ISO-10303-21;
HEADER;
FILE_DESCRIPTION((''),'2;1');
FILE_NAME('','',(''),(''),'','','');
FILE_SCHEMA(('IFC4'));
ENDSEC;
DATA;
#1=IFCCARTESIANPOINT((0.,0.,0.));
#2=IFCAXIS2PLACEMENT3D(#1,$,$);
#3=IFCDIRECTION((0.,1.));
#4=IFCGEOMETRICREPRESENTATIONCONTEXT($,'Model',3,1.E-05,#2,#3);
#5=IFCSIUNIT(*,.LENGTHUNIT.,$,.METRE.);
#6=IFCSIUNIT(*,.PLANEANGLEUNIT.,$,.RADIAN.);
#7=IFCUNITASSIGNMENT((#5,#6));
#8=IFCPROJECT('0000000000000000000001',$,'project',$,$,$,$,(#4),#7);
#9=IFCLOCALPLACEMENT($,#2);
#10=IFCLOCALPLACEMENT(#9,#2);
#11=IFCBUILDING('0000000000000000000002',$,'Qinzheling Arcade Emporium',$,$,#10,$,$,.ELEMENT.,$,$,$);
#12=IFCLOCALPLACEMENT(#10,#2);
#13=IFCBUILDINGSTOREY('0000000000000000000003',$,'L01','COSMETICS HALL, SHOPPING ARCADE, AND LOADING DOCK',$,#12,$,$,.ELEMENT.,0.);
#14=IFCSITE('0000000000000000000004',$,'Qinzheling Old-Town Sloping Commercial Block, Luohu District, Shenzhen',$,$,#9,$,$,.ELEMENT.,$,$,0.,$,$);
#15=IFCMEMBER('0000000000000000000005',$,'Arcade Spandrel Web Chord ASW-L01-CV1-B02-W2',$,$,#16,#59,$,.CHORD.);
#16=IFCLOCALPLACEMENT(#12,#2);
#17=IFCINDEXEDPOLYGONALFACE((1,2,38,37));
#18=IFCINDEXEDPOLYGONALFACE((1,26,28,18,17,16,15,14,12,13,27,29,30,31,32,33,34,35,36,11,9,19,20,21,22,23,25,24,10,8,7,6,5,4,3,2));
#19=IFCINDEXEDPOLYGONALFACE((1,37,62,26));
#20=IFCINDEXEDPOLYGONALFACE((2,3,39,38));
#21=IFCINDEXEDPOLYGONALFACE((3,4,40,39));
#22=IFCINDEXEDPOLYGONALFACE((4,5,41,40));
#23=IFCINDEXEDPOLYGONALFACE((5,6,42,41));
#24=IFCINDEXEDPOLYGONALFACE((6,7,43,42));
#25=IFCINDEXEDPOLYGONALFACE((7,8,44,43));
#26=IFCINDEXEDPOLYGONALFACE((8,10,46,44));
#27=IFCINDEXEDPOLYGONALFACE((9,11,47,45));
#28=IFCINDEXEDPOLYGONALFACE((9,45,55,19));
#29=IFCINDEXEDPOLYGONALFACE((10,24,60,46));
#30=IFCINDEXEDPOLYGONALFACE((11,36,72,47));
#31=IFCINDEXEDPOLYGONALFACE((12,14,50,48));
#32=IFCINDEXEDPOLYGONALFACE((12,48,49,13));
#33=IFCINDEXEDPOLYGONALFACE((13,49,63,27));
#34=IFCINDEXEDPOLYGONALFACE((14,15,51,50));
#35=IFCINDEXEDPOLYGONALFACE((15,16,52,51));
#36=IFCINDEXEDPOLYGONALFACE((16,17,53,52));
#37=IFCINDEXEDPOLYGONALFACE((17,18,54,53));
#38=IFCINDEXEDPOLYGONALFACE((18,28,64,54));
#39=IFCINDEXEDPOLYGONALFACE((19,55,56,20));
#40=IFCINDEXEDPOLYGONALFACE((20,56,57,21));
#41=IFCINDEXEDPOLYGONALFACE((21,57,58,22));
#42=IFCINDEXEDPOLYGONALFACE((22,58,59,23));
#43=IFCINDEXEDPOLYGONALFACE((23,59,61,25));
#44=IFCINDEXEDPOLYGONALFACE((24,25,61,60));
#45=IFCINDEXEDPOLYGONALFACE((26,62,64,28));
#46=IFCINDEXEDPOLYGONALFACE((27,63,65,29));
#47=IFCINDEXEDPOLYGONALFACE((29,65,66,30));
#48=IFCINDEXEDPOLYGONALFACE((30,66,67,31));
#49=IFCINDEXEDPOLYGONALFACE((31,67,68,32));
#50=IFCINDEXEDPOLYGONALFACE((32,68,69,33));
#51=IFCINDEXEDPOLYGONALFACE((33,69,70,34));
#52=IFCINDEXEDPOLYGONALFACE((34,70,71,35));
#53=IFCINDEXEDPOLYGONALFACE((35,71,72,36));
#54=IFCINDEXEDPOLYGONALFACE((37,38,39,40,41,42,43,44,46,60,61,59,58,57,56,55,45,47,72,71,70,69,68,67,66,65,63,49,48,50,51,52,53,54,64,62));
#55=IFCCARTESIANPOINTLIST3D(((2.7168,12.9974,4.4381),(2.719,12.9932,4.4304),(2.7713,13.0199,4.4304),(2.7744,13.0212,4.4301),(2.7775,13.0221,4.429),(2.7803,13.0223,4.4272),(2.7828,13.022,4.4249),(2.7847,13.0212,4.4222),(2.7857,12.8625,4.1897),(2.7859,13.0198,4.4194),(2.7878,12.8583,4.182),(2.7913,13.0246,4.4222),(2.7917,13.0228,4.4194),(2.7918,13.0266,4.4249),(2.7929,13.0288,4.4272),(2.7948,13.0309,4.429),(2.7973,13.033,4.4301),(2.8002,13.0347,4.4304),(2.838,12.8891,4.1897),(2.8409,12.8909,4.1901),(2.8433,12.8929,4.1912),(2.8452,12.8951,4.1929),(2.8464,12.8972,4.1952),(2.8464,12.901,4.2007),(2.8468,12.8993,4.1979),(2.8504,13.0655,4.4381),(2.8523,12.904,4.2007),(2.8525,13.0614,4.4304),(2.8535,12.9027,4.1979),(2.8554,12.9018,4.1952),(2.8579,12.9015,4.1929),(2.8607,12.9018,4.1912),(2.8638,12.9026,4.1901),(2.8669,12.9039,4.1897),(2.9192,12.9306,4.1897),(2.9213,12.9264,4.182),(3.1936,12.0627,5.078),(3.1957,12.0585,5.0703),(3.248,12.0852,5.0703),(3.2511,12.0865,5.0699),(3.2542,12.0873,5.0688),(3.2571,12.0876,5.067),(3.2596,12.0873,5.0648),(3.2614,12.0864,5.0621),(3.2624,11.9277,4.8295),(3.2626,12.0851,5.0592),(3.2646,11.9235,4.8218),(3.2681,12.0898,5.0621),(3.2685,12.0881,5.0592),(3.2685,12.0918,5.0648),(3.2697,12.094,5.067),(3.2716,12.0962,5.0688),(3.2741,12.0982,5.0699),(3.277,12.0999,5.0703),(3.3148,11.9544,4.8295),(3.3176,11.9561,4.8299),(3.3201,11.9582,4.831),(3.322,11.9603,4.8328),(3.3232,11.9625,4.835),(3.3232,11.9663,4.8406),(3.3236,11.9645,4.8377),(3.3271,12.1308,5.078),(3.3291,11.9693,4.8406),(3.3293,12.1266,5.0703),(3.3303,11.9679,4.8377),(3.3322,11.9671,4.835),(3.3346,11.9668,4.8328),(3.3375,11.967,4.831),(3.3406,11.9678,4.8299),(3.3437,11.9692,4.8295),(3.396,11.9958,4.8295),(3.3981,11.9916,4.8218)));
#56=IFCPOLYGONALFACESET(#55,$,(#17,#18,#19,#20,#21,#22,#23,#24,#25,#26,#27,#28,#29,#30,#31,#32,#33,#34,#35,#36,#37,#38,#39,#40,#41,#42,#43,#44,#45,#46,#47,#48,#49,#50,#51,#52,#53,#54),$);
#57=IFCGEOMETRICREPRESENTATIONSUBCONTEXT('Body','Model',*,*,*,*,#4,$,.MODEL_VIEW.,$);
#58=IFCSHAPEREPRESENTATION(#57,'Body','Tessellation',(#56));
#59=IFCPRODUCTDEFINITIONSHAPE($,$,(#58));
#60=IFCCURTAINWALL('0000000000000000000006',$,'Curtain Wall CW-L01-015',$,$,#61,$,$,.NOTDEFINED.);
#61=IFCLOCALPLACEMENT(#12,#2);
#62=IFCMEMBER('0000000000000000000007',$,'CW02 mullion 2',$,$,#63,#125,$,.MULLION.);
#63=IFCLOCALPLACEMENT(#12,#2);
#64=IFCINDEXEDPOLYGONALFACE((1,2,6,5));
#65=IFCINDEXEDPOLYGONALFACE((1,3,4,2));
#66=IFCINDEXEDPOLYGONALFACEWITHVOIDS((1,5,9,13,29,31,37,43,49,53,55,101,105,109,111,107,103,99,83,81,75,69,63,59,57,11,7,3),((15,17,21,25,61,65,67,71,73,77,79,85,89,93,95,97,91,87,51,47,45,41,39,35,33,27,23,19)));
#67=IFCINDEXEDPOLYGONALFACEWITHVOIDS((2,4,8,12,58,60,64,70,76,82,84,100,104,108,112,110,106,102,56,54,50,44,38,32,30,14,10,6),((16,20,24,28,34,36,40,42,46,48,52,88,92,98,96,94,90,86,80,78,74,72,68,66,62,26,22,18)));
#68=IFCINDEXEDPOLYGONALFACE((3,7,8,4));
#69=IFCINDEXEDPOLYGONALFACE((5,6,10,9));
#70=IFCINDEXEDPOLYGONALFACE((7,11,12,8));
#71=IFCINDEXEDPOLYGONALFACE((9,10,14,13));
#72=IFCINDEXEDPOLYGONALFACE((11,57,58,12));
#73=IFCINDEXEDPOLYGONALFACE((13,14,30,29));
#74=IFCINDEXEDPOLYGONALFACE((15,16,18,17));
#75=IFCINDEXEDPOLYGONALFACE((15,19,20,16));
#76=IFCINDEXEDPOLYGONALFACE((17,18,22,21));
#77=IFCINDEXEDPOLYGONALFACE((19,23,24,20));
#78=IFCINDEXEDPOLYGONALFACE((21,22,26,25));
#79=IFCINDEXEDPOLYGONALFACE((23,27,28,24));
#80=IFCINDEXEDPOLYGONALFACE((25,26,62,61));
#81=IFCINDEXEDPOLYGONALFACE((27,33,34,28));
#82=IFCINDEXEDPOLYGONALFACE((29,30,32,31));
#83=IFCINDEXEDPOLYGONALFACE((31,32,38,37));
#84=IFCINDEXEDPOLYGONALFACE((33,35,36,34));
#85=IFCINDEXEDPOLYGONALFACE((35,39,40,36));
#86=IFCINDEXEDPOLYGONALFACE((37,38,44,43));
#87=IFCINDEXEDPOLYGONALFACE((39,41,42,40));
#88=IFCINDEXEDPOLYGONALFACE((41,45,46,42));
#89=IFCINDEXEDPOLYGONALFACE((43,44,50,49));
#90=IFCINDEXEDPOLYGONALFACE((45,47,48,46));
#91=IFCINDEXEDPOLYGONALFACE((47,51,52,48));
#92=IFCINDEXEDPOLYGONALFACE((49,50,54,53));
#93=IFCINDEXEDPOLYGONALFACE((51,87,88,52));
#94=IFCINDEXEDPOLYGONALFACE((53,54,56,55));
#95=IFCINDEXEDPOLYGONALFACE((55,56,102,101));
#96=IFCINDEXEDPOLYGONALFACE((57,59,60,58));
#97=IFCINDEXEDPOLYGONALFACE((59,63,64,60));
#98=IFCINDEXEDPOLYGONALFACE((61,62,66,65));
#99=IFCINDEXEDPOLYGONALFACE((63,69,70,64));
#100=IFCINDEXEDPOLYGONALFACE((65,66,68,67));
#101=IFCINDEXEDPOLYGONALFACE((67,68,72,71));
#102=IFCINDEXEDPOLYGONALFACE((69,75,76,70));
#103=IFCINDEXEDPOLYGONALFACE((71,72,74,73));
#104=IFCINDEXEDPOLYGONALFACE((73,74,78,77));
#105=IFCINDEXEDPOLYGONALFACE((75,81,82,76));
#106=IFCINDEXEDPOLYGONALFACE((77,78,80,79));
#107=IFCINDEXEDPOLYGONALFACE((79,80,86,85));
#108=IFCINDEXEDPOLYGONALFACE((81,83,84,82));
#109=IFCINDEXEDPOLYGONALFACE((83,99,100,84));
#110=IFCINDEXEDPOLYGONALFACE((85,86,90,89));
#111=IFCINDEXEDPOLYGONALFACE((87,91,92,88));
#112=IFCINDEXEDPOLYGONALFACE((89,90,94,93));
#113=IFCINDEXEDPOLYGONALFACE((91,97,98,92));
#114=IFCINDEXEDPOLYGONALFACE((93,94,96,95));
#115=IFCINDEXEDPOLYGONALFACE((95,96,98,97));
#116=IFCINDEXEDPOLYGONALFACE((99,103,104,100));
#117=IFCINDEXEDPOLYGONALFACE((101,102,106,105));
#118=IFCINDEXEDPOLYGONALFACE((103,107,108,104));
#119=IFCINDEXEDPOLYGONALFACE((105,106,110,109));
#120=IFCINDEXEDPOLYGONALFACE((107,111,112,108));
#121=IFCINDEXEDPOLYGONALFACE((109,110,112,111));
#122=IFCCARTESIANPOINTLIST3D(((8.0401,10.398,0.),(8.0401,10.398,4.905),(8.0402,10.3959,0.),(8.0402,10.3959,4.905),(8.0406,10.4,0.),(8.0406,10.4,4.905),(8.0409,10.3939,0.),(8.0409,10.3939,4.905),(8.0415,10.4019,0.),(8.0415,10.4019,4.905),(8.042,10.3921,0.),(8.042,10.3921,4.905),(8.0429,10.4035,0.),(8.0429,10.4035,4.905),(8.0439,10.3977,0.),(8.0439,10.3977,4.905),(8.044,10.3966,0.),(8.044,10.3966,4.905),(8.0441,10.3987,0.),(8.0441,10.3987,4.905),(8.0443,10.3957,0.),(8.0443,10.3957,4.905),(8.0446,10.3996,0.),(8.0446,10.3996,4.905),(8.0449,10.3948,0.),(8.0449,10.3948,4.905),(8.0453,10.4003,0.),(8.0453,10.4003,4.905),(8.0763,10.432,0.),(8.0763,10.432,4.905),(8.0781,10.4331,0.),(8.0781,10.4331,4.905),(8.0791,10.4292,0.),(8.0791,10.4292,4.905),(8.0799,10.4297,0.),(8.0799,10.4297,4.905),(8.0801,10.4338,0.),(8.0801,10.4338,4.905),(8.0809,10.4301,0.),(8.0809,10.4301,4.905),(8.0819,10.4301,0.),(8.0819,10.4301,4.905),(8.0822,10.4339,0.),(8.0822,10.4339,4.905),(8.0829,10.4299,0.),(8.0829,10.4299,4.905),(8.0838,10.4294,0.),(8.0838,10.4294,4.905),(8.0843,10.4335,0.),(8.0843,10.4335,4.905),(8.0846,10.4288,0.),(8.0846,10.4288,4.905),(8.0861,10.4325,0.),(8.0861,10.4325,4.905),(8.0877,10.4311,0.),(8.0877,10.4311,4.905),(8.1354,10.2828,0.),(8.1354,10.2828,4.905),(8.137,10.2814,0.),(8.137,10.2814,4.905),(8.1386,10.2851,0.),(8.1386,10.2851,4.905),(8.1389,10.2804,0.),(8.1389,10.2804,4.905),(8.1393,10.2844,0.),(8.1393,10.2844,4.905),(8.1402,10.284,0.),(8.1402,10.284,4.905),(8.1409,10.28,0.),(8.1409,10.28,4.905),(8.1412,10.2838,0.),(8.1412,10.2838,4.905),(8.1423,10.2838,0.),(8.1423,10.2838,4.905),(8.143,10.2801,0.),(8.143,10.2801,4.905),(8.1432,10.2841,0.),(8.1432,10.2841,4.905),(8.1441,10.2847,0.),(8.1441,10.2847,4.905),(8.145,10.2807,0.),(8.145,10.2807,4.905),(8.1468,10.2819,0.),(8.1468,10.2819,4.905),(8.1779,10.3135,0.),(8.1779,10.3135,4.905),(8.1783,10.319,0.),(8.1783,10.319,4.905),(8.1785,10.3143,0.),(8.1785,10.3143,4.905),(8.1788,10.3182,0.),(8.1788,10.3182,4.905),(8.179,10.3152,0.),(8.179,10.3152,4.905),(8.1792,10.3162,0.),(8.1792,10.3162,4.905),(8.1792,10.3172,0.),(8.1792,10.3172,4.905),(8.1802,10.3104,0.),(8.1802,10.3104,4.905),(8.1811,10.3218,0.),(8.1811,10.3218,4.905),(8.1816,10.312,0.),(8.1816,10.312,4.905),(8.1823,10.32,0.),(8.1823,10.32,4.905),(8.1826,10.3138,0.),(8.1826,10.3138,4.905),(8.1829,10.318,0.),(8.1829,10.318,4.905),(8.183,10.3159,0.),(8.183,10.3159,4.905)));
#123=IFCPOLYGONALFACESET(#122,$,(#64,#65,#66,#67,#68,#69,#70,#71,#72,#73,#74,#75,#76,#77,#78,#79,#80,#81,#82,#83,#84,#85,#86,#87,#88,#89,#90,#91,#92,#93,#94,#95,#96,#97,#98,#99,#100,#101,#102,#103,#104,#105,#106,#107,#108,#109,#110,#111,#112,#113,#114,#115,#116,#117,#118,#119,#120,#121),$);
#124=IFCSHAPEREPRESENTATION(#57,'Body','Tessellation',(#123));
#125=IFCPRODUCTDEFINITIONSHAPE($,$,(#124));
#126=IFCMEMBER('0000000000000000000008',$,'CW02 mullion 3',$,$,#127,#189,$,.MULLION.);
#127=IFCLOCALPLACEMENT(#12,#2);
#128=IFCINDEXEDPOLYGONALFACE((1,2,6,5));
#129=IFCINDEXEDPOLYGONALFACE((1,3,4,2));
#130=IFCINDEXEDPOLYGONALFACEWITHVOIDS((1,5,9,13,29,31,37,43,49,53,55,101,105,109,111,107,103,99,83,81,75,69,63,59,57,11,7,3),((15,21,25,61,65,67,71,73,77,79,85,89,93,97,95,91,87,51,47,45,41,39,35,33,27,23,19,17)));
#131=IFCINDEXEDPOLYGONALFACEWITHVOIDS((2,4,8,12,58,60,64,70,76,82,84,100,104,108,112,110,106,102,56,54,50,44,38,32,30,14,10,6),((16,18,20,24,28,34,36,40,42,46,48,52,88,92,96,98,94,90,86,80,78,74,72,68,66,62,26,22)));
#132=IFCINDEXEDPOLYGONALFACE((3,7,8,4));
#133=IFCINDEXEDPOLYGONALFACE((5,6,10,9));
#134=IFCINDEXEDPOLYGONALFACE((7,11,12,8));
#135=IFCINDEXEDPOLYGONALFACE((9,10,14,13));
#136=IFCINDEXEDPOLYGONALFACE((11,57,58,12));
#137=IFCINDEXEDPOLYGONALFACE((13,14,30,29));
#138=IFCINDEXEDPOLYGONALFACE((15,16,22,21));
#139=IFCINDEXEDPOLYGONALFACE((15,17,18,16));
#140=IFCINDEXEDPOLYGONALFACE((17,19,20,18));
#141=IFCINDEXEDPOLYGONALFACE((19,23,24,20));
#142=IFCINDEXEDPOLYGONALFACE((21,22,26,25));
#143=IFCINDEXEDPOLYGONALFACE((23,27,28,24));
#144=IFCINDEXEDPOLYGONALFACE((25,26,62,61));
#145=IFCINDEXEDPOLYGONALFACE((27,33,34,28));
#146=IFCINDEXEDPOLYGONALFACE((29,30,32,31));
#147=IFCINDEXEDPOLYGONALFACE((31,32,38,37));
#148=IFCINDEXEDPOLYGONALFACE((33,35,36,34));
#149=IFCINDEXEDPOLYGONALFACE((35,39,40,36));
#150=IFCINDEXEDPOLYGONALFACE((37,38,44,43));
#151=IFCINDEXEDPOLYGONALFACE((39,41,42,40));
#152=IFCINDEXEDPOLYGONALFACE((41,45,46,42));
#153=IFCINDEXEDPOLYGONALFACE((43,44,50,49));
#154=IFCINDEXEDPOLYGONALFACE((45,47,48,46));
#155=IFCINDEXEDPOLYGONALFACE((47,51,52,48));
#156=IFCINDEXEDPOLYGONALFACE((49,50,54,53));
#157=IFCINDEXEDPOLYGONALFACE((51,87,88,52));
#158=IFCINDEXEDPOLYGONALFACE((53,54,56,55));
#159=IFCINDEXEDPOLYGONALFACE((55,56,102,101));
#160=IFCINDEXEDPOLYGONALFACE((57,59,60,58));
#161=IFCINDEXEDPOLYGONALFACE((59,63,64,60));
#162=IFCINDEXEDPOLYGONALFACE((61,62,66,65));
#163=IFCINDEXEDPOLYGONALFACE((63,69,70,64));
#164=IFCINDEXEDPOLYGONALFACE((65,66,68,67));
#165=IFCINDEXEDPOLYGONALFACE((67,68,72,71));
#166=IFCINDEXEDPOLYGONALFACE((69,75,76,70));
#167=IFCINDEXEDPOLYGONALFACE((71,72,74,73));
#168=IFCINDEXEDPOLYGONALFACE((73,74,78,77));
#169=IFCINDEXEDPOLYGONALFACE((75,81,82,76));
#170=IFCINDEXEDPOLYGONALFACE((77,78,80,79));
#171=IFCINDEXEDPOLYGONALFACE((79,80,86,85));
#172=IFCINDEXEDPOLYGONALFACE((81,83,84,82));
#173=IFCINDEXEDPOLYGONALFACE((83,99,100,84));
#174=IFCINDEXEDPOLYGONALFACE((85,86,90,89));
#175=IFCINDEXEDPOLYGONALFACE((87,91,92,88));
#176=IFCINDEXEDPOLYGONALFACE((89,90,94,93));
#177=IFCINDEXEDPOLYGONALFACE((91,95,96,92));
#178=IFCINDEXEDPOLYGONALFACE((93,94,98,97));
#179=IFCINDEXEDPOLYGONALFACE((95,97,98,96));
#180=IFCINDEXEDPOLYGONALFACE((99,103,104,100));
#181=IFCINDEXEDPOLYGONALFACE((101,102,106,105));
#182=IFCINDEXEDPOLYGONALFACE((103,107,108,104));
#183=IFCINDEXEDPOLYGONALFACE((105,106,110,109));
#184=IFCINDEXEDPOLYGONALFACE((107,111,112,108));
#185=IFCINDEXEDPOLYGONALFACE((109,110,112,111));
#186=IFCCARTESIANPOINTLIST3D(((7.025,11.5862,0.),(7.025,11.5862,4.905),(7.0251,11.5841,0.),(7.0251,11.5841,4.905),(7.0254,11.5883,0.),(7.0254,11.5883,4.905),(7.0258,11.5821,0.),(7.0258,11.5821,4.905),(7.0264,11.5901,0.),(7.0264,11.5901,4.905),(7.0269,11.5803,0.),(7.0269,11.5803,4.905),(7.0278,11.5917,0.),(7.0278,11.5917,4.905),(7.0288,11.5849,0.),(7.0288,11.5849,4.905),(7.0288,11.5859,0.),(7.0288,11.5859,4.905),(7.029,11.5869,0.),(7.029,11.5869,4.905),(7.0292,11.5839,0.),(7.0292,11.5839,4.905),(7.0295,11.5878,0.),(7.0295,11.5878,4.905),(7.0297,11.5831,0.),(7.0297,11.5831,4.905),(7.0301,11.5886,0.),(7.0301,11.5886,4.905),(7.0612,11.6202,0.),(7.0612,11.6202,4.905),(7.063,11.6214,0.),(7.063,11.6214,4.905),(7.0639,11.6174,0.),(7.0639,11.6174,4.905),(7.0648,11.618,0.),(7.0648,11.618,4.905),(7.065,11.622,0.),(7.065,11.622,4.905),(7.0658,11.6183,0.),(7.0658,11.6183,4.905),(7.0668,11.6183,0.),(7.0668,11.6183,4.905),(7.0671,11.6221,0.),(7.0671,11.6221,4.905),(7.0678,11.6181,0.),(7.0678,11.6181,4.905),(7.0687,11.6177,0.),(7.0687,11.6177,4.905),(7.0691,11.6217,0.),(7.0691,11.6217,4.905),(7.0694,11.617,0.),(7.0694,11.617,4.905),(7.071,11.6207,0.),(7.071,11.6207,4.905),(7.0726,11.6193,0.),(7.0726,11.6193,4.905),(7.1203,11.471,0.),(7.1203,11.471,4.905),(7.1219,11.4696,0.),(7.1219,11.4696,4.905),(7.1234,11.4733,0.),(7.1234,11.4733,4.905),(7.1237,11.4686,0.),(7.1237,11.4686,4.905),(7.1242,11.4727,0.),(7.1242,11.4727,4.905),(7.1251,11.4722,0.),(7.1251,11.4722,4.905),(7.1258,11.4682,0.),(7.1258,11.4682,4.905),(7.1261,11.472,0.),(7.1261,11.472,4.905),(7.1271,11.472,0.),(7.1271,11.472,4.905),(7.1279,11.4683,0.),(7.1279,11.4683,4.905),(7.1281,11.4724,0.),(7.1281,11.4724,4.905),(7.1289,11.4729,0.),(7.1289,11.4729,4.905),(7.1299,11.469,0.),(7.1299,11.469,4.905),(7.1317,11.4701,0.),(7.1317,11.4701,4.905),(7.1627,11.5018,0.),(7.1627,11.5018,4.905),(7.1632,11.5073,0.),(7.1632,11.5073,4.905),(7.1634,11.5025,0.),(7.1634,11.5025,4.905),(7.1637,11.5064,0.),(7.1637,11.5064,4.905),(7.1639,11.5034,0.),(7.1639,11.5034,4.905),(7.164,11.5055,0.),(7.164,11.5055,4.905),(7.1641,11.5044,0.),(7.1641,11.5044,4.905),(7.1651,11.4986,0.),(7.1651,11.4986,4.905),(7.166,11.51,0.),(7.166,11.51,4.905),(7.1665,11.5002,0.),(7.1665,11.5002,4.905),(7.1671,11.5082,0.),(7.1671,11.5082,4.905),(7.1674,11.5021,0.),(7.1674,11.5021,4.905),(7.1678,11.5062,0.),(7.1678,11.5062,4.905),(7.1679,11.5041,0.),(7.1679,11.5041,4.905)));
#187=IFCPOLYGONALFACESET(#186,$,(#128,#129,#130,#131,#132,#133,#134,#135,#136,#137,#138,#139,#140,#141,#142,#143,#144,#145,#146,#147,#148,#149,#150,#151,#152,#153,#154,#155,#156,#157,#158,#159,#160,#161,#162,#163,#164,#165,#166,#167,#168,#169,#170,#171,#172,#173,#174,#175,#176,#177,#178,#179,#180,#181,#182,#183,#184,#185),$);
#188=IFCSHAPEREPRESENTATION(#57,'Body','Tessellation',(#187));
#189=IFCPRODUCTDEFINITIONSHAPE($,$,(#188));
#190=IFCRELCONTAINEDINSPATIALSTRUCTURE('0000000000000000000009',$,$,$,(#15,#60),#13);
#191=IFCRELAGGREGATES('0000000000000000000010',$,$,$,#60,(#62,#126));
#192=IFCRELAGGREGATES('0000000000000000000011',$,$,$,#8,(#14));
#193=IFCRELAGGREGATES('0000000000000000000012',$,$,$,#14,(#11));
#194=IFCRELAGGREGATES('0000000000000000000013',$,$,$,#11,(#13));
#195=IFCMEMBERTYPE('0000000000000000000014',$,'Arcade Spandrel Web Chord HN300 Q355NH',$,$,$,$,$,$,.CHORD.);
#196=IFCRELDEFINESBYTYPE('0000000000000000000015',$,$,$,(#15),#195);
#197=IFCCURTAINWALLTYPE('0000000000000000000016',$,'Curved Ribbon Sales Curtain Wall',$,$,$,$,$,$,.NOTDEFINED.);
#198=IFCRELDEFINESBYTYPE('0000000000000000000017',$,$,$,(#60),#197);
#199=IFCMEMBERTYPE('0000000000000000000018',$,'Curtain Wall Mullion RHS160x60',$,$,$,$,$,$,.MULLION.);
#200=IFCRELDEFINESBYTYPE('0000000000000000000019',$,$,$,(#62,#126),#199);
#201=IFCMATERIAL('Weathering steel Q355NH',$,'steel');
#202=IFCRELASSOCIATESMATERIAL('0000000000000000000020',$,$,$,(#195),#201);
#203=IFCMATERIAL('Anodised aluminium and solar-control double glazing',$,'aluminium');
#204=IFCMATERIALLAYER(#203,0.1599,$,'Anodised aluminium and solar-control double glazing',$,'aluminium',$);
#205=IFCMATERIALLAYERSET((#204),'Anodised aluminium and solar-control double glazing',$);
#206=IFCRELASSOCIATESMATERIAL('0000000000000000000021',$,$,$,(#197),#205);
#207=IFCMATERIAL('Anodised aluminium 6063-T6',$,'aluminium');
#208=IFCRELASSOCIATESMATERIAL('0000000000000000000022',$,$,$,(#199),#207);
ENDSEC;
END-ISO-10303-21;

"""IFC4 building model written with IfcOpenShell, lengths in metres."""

from ifc_helpers import new_model, si_unit, direction, frame, origin, origin_2d, place, context, subcontext, project, spatial, hollow_rectangle, i_section, extrude, material, layer, layer_set, material_profile, profile_set, type_object, element, aggregate, save


model = new_model("IFC4")

# Units and contexts
model_context = context("Model", 3, precision=1e-05, world=origin(), true_north=direction((0.0, 1.0)))
body_context = subcontext(model_context, "Body", "Model", "MODEL_VIEW")
ifc_project = project(units=[si_unit("LENGTHUNIT", "METRE"), si_unit("PLANEANGLEUNIT", "RADIAN")], contexts=[model_context])

# Site, building, storey
site_placement = place(None, origin())
site = spatial("IfcSite", under=ifc_project, at=site_placement, Name="Qinzheling Old-Town Sloping Commercial Block, Luohu District, Shenzhen", CompositionType="ELEMENT", RefElevation=0.0)
building_placement = place(site_placement, origin())
building = spatial("IfcBuilding", under=site, at=building_placement, Name="Qinzheling Arcade Emporium", CompositionType="ELEMENT")
storey_placement = place(building_placement, origin())
storey = spatial("IfcBuildingStorey", under=building, at=storey_placement, Name="L01", Description="COSMETICS HALL, SHOPPING ARCADE, AND LOADING DOCK", CompositionType="ELEMENT", Elevation=0.0)

# Shared definitions
ifc_material_1 = material(Name="Weathering steel Q355NH", Category="steel")

# Member
ifc_material_profile_1 = material_profile(ifc_material_1, i_section(OverallWidth=0.1499, OverallDepth=0.3, WebThickness=0.0066, FlangeThickness=0.009, FilletRadius=0.0129, at=origin_2d()), Name="HN 300x150x6.5x9", Category="steel")
ifc_profile_set_1 = profile_set([ifc_material_profile_1], Name="Weathering steel Q355NH")
member_type_1 = type_object("IfcMemberType", Name="Arcade Spandrel Web Chord HN300 Q355NH", PredefinedType="CHORD", material=ifc_profile_set_1)
member_1_placement = place(storey_placement, frame((2.8191, 12.9619, 4.3101), z_axis=(0.387932, -0.760569, 0.520619), x_axis=(0.890816, 0.454365, 0.0)))
element("IfcMember", 1, at=member_1_placement, inside=storey, type_object=member_type_1, Name="Arcade Spandrel Web Chord ASW-L01-CV1-B02-W2", PredefinedType="CHORD", context=body_context, shape_type="SweptSolid", body=[
    extrude(i_section(OverallWidth=0.1499, OverallDepth=0.3, WebThickness=0.0066, FlangeThickness=0.009, FilletRadius=0.0129, at=origin_2d()), origin(), (0.0, 0.0, 1.0), 1.229),
])

# Curtain wall, members
ifc_material_2 = material(Name="Anodised aluminium and solar-control double glazing", Category="aluminium")
ifc_layer_1 = layer(ifc_material_2, 0.1599, Name="Anodised aluminium and solar-control double glazing", Category="aluminium")
ifc_layer_set_1 = layer_set([ifc_layer_1], Name="Anodised aluminium and solar-control double glazing")
curtain_wall_type = type_object("IfcCurtainWallType", Name="Curved Ribbon Sales Curtain Wall", PredefinedType="NOTDEFINED", material=ifc_layer_set_1)
curtain_wall_1_placement = place(storey_placement, origin())
curtain_wall_1 = element("IfcCurtainWall", 2, at=curtain_wall_1_placement, inside=storey, type_object=curtain_wall_type, Name="Curtain Wall CW-L01-015", PredefinedType="NOTDEFINED")
ifc_material_3 = material(Name="Anodised aluminium 6063-T6", Category="aluminium")
ifc_material_profile_2 = material_profile(ifc_material_3, hollow_rectangle(XDim=0.0601, YDim=0.1599, WallThickness=0.0039, InnerFilletRadius=0.0039, OuterFilletRadius=0.0081, at=origin_2d()), Name="RHS 160x60x4", Category="aluminium")
ifc_profile_set_2 = profile_set([ifc_material_profile_2], Name="Anodised aluminium 6063-T6")
member_type_2 = type_object("IfcMemberType", Name="Curtain Wall Mullion RHS160x60", PredefinedType="MULLION", material=ifc_profile_set_2)
member_2_placement = place(storey_placement, frame((8.1116, 10.3569, 0.0), z_axis=(0.0, 0.0, 1.0), x_axis=(-0.760341, -0.649524, 0.0)))
member_2 = element("IfcMember", 3, at=member_2_placement, type_object=member_type_2, Name="CW02 mullion 2", PredefinedType="MULLION", context=body_context, shape_type="SweptSolid", body=[
    extrude(hollow_rectangle(XDim=0.0601, YDim=0.1599, WallThickness=0.0039, InnerFilletRadius=0.0039, OuterFilletRadius=0.0081, at=origin_2d()), origin(), (0.0, 0.0, 1.0), 4.905),
])
member_3_placement = place(storey_placement, frame((7.0964, 11.5452, 0.0), z_axis=(0.0, 0.0, 1.0), x_axis=(-0.760341, -0.649524, 0.0)))
member_3 = element("IfcMember", 4, at=member_3_placement, type_object=member_type_2, Name="CW02 mullion 3", PredefinedType="MULLION", context=body_context, shape_type="SweptSolid", body=[
    extrude(hollow_rectangle(XDim=0.0601, YDim=0.1599, WallThickness=0.0039, InnerFilletRadius=0.0039, OuterFilletRadius=0.0081, at=origin_2d()), origin(), (0.0, 0.0, 1.0), 4.905),
])

aggregate(curtain_wall_1, [member_2, member_3])

save(model, "model.ifc")
